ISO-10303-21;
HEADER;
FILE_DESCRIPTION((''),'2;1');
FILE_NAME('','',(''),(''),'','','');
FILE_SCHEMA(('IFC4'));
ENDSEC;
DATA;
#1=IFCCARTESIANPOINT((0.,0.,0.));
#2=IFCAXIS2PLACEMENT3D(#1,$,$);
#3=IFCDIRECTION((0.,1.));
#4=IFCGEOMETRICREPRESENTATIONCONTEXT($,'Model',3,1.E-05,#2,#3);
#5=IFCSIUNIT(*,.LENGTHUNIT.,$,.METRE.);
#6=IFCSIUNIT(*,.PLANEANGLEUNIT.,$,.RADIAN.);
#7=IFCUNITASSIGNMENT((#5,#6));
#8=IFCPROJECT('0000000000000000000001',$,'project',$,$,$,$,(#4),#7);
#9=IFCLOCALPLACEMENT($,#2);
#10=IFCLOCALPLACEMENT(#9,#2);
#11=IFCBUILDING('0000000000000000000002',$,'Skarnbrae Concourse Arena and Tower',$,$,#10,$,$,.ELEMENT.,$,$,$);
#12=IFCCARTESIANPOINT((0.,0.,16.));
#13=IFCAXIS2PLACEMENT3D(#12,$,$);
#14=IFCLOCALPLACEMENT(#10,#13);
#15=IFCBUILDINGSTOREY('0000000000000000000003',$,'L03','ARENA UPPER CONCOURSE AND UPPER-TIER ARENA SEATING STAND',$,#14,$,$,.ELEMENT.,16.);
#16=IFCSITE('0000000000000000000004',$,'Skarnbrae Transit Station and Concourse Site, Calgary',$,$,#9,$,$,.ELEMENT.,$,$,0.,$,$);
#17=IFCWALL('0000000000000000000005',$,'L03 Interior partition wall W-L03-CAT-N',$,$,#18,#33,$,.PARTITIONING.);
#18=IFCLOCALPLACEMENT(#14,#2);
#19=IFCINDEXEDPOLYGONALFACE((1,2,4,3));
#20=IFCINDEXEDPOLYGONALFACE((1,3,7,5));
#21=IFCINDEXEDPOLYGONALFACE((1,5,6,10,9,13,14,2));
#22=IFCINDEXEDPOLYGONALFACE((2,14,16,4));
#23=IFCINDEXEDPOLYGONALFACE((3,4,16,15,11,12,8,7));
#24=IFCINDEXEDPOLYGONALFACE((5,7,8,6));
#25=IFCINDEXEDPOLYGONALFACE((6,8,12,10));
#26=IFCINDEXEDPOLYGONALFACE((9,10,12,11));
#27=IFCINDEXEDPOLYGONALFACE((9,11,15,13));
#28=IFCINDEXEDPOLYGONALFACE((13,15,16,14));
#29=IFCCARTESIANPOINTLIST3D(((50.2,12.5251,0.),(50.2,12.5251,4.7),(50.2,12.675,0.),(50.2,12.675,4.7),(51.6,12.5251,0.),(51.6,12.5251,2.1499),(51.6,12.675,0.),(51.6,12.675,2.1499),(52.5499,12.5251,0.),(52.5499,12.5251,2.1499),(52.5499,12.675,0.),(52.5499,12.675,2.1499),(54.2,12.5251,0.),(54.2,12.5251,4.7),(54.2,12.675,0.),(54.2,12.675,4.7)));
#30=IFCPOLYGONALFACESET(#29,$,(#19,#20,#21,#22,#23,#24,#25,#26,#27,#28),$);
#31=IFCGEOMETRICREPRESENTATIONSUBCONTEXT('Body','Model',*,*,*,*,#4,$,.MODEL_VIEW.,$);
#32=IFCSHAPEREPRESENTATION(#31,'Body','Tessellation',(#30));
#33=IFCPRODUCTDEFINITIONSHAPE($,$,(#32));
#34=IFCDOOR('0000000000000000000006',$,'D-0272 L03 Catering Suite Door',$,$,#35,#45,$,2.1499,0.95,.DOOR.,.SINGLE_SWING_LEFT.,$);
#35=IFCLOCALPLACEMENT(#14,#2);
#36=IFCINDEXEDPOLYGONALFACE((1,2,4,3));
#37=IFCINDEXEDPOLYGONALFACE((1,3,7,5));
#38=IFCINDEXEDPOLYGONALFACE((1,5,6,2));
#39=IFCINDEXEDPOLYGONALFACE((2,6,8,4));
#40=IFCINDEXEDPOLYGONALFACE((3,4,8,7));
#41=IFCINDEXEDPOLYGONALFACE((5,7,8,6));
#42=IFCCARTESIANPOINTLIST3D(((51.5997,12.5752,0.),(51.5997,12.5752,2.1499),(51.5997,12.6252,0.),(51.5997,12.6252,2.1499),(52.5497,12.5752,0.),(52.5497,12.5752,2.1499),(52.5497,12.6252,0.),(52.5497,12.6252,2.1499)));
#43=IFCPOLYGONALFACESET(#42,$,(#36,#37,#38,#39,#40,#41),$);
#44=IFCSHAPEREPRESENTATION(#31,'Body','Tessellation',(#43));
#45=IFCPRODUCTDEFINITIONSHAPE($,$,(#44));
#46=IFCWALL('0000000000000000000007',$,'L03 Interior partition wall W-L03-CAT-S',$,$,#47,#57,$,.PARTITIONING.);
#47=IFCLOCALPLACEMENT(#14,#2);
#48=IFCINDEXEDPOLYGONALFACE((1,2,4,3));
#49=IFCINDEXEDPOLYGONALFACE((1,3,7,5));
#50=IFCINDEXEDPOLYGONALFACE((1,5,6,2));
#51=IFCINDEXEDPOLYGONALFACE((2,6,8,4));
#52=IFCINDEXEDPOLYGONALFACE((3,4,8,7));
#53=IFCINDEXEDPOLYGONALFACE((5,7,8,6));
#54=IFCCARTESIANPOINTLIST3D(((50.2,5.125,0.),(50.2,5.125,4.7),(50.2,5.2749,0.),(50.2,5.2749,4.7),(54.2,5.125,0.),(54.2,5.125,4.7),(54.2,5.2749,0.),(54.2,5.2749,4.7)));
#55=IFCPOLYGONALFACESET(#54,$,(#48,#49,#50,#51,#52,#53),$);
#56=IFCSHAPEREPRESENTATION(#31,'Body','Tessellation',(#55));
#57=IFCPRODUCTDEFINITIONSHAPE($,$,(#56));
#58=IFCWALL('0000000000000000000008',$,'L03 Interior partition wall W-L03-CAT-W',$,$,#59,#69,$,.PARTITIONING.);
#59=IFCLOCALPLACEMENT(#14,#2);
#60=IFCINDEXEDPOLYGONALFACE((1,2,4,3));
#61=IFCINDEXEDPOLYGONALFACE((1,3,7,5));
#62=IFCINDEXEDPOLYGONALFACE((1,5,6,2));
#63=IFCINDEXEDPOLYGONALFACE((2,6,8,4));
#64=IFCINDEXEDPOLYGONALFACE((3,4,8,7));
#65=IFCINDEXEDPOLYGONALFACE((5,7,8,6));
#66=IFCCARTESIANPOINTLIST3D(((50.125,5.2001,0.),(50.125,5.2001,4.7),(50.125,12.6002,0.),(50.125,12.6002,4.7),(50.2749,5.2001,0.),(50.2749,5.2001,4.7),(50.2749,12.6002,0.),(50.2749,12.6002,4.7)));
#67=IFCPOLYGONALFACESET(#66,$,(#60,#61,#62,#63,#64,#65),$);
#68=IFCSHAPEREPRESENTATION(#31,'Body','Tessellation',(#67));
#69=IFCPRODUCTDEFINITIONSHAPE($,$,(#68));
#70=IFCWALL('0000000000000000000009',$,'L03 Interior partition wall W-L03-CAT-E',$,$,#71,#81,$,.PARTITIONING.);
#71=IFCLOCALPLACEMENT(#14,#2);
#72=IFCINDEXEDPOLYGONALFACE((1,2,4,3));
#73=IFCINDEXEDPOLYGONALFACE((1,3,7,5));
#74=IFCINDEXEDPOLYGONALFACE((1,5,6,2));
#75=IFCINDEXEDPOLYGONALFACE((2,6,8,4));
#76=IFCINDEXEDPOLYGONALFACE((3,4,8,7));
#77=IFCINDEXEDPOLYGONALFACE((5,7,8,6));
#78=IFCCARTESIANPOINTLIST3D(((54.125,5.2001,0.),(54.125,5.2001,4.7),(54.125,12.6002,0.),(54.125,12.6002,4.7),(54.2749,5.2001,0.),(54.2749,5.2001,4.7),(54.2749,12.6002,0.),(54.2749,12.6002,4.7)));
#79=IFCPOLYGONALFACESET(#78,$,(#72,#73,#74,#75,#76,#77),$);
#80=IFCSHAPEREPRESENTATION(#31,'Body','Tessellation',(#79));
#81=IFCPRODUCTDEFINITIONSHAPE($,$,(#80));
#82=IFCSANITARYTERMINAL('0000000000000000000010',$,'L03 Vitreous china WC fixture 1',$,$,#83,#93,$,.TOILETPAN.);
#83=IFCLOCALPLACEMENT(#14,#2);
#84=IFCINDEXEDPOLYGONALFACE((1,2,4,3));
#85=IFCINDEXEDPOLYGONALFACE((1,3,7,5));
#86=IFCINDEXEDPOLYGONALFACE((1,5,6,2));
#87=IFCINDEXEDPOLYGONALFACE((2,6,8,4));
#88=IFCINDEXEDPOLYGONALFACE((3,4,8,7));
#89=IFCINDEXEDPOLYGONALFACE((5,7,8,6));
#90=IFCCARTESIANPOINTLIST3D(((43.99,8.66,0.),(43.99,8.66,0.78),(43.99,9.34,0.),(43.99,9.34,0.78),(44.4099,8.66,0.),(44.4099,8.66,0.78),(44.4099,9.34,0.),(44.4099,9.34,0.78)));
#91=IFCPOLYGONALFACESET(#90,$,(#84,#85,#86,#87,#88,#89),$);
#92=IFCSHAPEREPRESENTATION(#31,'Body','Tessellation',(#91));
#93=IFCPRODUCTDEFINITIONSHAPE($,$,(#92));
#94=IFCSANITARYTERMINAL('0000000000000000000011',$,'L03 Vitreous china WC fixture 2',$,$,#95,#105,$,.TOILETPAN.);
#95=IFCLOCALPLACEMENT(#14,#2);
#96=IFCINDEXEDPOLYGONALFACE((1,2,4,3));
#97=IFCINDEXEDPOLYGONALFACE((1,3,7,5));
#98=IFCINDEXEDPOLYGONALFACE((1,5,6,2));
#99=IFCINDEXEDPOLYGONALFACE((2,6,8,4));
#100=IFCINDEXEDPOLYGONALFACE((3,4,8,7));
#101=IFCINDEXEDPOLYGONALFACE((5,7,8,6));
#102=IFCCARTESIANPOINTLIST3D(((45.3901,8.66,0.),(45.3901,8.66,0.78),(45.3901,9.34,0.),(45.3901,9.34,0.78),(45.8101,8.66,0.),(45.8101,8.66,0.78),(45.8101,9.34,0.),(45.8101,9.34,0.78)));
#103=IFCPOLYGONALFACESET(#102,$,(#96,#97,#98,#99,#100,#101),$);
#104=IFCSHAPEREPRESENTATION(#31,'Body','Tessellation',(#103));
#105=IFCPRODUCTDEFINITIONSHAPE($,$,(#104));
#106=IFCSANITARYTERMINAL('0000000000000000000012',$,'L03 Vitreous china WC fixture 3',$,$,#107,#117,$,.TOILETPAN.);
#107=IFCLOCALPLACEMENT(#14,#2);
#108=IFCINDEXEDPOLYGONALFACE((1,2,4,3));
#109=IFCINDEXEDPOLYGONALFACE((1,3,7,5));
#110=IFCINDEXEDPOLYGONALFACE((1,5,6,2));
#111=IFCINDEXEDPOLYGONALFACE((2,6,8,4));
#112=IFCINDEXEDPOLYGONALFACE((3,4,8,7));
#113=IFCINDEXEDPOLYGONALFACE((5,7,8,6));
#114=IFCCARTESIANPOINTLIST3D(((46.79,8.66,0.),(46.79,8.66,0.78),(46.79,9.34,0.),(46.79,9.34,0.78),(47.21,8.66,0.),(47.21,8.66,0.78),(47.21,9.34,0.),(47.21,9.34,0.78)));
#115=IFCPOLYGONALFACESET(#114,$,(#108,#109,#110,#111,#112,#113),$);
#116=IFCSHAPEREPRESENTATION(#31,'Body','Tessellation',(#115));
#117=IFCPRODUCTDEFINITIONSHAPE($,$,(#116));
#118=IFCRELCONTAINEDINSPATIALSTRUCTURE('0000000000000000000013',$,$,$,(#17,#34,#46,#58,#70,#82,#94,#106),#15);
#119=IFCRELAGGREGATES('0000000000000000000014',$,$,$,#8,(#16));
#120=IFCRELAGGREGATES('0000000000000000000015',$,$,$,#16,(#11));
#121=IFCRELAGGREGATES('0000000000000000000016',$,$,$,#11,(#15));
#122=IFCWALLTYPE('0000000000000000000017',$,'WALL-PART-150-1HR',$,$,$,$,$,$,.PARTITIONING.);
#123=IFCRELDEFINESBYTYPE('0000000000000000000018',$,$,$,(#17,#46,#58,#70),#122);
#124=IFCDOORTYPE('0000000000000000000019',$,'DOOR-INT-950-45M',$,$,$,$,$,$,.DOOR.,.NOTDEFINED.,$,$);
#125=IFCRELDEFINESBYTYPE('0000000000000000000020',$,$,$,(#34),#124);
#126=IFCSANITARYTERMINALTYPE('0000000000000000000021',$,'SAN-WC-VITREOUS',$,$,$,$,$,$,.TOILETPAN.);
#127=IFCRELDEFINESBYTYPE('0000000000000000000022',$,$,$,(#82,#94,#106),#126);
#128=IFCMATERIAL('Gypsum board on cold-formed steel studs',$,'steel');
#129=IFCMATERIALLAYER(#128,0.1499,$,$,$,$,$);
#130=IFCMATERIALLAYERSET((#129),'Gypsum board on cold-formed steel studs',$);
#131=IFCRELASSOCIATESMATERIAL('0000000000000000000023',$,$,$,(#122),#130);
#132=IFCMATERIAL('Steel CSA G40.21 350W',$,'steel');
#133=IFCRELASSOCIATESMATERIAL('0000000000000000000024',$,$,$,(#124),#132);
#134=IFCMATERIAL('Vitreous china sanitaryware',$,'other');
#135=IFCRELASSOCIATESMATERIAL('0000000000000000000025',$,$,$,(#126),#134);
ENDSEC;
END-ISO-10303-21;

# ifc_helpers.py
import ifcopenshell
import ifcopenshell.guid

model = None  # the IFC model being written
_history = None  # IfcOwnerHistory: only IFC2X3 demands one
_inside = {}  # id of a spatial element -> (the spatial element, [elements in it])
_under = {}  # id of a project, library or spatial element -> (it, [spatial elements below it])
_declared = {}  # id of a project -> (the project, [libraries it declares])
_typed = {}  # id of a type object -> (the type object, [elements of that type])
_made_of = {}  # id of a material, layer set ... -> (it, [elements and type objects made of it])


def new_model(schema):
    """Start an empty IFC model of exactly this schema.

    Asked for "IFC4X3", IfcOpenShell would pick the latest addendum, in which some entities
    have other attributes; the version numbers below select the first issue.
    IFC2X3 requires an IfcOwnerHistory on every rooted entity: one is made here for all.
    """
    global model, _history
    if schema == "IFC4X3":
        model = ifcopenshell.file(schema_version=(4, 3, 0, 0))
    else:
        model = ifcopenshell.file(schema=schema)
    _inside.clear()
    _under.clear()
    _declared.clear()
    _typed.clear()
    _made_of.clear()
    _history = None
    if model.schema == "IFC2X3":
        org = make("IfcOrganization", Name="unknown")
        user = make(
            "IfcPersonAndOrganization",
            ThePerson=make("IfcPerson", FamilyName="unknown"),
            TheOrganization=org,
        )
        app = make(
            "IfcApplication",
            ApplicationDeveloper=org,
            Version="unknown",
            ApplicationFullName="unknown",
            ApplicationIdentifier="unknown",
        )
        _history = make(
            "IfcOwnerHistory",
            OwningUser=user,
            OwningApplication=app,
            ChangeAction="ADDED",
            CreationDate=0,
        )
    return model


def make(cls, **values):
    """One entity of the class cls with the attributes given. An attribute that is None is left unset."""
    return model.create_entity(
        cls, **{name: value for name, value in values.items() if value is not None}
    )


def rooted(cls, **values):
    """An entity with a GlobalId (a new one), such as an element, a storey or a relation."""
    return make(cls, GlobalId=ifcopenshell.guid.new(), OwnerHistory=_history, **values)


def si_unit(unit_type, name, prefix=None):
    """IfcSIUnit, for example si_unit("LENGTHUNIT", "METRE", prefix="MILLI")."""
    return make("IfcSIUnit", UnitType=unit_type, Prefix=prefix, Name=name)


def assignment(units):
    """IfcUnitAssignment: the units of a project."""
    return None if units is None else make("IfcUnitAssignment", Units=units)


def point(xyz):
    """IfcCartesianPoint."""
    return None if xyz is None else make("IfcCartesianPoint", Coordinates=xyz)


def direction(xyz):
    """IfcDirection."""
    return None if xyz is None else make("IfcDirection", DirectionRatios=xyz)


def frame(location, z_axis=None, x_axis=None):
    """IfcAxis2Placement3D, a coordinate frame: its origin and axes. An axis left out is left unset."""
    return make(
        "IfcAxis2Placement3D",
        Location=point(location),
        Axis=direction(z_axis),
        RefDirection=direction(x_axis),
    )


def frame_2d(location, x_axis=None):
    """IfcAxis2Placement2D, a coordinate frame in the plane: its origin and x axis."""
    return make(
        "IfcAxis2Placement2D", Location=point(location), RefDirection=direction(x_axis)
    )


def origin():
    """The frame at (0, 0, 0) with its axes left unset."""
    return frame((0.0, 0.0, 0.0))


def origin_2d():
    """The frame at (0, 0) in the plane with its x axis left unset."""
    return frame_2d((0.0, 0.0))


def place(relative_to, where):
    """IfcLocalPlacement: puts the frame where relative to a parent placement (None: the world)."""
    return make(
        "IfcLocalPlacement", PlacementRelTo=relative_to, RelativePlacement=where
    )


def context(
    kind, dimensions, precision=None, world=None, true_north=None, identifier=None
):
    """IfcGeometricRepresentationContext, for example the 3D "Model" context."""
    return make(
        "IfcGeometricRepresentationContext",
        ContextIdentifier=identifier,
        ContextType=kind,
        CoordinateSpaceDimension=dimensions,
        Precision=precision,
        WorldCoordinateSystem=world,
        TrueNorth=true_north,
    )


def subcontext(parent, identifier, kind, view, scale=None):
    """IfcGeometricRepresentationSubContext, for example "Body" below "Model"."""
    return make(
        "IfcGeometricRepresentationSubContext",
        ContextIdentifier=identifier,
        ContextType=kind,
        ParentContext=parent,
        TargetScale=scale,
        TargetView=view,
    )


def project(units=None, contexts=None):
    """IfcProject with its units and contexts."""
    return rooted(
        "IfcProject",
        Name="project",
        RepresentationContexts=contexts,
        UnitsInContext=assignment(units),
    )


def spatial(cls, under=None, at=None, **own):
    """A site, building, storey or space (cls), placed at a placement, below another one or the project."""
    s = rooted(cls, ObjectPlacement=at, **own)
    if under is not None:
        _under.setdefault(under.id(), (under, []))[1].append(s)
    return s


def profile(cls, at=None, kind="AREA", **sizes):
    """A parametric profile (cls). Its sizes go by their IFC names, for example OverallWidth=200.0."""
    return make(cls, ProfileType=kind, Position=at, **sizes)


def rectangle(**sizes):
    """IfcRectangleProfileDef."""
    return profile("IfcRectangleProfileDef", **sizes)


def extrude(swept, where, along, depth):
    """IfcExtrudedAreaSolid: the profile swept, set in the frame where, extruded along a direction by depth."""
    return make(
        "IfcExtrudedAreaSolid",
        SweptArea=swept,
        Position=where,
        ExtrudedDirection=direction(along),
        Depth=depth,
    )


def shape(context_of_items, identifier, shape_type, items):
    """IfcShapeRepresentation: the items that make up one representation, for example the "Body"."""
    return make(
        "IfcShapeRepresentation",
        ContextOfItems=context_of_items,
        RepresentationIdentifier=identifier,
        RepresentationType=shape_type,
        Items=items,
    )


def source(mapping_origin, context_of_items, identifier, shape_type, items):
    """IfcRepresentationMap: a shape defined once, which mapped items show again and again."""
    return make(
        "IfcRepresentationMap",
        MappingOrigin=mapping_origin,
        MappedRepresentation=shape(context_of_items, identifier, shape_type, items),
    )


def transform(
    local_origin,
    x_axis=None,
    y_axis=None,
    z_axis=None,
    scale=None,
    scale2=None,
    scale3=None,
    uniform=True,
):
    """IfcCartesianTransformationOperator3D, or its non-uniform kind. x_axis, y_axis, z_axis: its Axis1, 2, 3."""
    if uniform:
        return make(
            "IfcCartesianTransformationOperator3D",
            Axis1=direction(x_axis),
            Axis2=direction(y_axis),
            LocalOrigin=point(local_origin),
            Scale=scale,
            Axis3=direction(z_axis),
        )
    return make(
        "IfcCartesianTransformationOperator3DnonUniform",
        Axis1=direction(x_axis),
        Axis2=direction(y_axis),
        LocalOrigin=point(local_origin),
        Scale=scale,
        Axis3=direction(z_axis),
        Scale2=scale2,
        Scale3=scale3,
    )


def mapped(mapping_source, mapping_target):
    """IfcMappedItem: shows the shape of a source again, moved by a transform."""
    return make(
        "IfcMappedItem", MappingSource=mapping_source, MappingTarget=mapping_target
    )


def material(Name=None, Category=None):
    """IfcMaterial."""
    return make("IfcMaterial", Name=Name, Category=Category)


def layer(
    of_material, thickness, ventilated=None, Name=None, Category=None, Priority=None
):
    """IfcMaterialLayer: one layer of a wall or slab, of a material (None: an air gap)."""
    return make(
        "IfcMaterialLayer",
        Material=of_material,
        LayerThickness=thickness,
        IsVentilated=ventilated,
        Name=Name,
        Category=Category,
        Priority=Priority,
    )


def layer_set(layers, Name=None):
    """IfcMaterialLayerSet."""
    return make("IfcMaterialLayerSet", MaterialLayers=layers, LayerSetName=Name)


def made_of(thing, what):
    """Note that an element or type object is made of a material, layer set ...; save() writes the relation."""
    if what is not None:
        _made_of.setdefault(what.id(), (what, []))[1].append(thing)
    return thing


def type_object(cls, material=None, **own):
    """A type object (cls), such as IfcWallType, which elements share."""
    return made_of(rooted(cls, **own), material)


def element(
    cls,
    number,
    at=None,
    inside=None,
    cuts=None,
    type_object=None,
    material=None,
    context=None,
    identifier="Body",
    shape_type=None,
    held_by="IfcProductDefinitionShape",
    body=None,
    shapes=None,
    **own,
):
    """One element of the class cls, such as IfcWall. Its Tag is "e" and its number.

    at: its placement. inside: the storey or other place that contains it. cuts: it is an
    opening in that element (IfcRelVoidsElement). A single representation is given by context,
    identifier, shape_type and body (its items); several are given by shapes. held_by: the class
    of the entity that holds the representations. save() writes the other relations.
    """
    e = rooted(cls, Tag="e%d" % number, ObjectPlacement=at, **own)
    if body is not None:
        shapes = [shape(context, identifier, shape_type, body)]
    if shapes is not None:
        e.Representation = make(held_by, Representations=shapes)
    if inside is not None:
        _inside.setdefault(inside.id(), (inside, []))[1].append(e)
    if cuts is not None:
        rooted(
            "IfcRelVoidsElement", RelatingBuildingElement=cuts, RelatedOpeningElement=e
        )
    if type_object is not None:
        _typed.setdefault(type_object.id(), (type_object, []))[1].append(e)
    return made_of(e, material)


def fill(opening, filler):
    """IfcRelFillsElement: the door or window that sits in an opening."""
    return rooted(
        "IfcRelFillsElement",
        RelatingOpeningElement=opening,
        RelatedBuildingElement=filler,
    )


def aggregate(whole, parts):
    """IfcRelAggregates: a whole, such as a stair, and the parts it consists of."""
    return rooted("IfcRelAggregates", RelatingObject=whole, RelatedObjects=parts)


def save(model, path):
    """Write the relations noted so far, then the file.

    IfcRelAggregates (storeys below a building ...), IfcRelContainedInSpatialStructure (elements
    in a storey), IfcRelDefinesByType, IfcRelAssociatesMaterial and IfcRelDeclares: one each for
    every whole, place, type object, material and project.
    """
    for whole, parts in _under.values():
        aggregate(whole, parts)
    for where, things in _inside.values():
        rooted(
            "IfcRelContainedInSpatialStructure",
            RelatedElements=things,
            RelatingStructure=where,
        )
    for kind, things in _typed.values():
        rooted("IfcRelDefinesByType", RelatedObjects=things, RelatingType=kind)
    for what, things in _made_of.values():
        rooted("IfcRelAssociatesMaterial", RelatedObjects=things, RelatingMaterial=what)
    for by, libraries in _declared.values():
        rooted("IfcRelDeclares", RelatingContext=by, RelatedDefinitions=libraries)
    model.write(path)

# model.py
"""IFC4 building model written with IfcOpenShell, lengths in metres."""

from ifc_helpers import new_model, si_unit, direction, frame, frame_2d, origin, origin_2d, place, context, subcontext, project, spatial, rectangle, extrude, source, transform, mapped, material, layer, layer_set, type_object, element, fill, save


model = new_model("IFC4")

# Units and contexts
model_context = context("Model", 3, precision=1e-05, world=origin(), true_north=direction((0.0, 1.0)))
body_context = subcontext(model_context, "Body", "Model", "MODEL_VIEW")
ifc_project = project(units=[si_unit("LENGTHUNIT", "METRE"), si_unit("PLANEANGLEUNIT", "RADIAN")], contexts=[model_context])

# Site, building, storey
site_placement = place(None, origin())
site = spatial("IfcSite", under=ifc_project, at=site_placement, Name="Skarnbrae Transit Station and Concourse Site, Calgary", CompositionType="ELEMENT", RefElevation=0.0)
building_placement = place(site_placement, origin())
building = spatial("IfcBuilding", under=site, at=building_placement, Name="Skarnbrae Concourse Arena and Tower", CompositionType="ELEMENT")
storey_placement = place(building_placement, frame((0.0, 0.0, 16.0)))
storey = spatial("IfcBuildingStorey", under=building, at=storey_placement, Name="L03", Description="ARENA UPPER CONCOURSE AND UPPER-TIER ARENA SEATING STAND", CompositionType="ELEMENT", Elevation=16.0)

# Shared definitions
ifc_material_1 = material(Name="Steel CSA G40.21 350W", Category="steel")

# Shared definitions
ifc_material_2 = material(Name="Gypsum board on cold-formed steel studs", Category="steel")

# Wall, opening, door
ifc_layer_1 = layer(ifc_material_2, 0.1499)
ifc_layer_set_1 = layer_set([ifc_layer_1], Name="Gypsum board on cold-formed steel studs")
wall_type_1 = type_object("IfcWallType", Name="WALL-PART-150-1HR", PredefinedType="PARTITIONING", material=ifc_layer_set_1)
shared_shape_1 = source(origin(), body_context, "Body", "SweptSolid", [
    extrude(rectangle(XDim=4.0, YDim=0.1499, at=frame_2d((2.0, 0.0))), origin(), (0.0, 0.0, 1.0), 4.7),
])
wall_1_placement = place(storey_placement, frame((50.2, 12.6001, 0.0), z_axis=(0.0, 0.0, 1.0), x_axis=(1.0, 0.0, 0.0)))
wall_1 = element("IfcWall", 1, at=wall_1_placement, inside=storey, type_object=wall_type_1, Name="L03 Interior partition wall W-L03-CAT-N", PredefinedType="PARTITIONING", context=body_context, shape_type="MappedRepresentation", body=[
    mapped(shared_shape_1, transform((0.0, 0.0, 0.0))),
])
opening_placement = place(wall_1_placement, frame((1.3999, 0.0, 0.0)))
opening = element("IfcOpeningElement", 2, at=opening_placement, cuts=wall_1, PredefinedType="OPENING", context=body_context, shape_type="SweptSolid", body=[
    extrude(rectangle(XDim=0.95, YDim=2.1499, at=frame_2d((0.4751, 1.075))), frame((0.0, 0.085, 0.0), z_axis=(0.0, -1.0, 0.0), x_axis=(1.0, 0.0, 0.0)), (0.0, 0.0, 1.0), 0.1699),
])
door_type = type_object("IfcDoorType", Name="DOOR-INT-950-45M", OperationType="NOTDEFINED", PredefinedType="DOOR", material=ifc_material_1)
shared_shape_2 = source(origin(), body_context, "Body", "SweptSolid", [
    extrude(rectangle(XDim=0.95, YDim=2.1499, at=frame_2d((0.4751, 1.075))), frame((0.0, 0.0249, 0.0), z_axis=(0.0, -1.0, 0.0), x_axis=(1.0, 0.0, 0.0)), (0.0, 0.0, 1.0), 0.05),
])
door_placement = place(opening_placement, frame((0.95, 0.0, 0.0), z_axis=(0.0, 0.0, 1.0), x_axis=(-1.0, 0.0, 0.0)))
door = element("IfcDoor", 3, at=door_placement, inside=storey, type_object=door_type, Name="D-0272 L03 Catering Suite Door", OperationType="SINGLE_SWING_LEFT", OverallHeight=2.1499, OverallWidth=0.95, PredefinedType="DOOR", context=body_context, shape_type="MappedRepresentation", body=[
    mapped(shared_shape_2, transform((0.0, 0.0, 0.0))),
])
fill(opening, door)

# Walls
wall_2_placement = place(storey_placement, frame((50.2, 5.2, 0.0), z_axis=(0.0, 0.0, 1.0), x_axis=(1.0, 0.0, 0.0)))
element("IfcWall", 4, at=wall_2_placement, inside=storey, type_object=wall_type_1, Name="L03 Interior partition wall W-L03-CAT-S", PredefinedType="PARTITIONING", context=body_context, shape_type="MappedRepresentation", body=[
    mapped(shared_shape_1, transform((0.0, 0.0, 0.0))),
])
shared_shape_3 = source(origin(), body_context, "Body", "SweptSolid", [
    extrude(rectangle(XDim=7.4001, YDim=0.1499, at=frame_2d((3.7002, 0.0))), origin(), (0.0, 0.0, 1.0), 4.7),
])
for number, where, z_axis, x_axis, name in (
    (5, (50.2, 5.2, 0.0), (0.0, 0.0, 1.0), (0.0, 1.0, 0.0), "L03 Interior partition wall W-L03-CAT-W"),
    (6, (54.2, 5.2, 0.0), (0.0, 0.0, 1.0), (0.0, 1.0, 0.0), "L03 Interior partition wall W-L03-CAT-E"),
):
    element("IfcWall", number, at=place(storey_placement, frame(where, z_axis=z_axis, x_axis=x_axis)), inside=storey, type_object=wall_type_1, Name=name, PredefinedType="PARTITIONING", context=body_context, shape_type="MappedRepresentation", body=[
        mapped(shared_shape_3, transform((0.0, 0.0, 0.0))),
    ])

# Sanitary terminals
ifc_material_3 = material(Name="Vitreous china sanitaryware", Category="other")
sanitary_terminal_type = type_object("IfcSanitaryTerminalType", Name="SAN-WC-VITREOUS", PredefinedType="TOILETPAN", material=ifc_material_3)
shared_shape_4 = source(origin(), body_context, "Body", "SweptSolid", [
    extrude(rectangle(XDim=0.4199, YDim=0.6799, at=origin_2d()), origin(), (0.0, 0.0, 1.0), 0.78),
])
for number, where, z_axis, x_axis, name in (
    (7, (44.2, 9.0, 0.0), (0.0, 0.0, 1.0), (1.0, 0.0, 0.0), "L03 Vitreous china WC fixture 1"),
    (8, (45.6001, 9.0, 0.0), (0.0, 0.0, 1.0), (1.0, 0.0, 0.0), "L03 Vitreous china WC fixture 2"),
    (9, (47.0, 9.0, 0.0), (0.0, 0.0, 1.0), (1.0, 0.0, 0.0), "L03 Vitreous china WC fixture 3"),
):
    element("IfcSanitaryTerminal", number, at=place(storey_placement, frame(where, z_axis=z_axis, x_axis=x_axis)), inside=storey, type_object=sanitary_terminal_type, Name=name, PredefinedType="TOILETPAN", context=body_context, shape_type="MappedRepresentation", body=[
        mapped(shared_shape_4, transform((0.0, 0.0, 0.0))),
    ])

save(model, "model.ifc")
